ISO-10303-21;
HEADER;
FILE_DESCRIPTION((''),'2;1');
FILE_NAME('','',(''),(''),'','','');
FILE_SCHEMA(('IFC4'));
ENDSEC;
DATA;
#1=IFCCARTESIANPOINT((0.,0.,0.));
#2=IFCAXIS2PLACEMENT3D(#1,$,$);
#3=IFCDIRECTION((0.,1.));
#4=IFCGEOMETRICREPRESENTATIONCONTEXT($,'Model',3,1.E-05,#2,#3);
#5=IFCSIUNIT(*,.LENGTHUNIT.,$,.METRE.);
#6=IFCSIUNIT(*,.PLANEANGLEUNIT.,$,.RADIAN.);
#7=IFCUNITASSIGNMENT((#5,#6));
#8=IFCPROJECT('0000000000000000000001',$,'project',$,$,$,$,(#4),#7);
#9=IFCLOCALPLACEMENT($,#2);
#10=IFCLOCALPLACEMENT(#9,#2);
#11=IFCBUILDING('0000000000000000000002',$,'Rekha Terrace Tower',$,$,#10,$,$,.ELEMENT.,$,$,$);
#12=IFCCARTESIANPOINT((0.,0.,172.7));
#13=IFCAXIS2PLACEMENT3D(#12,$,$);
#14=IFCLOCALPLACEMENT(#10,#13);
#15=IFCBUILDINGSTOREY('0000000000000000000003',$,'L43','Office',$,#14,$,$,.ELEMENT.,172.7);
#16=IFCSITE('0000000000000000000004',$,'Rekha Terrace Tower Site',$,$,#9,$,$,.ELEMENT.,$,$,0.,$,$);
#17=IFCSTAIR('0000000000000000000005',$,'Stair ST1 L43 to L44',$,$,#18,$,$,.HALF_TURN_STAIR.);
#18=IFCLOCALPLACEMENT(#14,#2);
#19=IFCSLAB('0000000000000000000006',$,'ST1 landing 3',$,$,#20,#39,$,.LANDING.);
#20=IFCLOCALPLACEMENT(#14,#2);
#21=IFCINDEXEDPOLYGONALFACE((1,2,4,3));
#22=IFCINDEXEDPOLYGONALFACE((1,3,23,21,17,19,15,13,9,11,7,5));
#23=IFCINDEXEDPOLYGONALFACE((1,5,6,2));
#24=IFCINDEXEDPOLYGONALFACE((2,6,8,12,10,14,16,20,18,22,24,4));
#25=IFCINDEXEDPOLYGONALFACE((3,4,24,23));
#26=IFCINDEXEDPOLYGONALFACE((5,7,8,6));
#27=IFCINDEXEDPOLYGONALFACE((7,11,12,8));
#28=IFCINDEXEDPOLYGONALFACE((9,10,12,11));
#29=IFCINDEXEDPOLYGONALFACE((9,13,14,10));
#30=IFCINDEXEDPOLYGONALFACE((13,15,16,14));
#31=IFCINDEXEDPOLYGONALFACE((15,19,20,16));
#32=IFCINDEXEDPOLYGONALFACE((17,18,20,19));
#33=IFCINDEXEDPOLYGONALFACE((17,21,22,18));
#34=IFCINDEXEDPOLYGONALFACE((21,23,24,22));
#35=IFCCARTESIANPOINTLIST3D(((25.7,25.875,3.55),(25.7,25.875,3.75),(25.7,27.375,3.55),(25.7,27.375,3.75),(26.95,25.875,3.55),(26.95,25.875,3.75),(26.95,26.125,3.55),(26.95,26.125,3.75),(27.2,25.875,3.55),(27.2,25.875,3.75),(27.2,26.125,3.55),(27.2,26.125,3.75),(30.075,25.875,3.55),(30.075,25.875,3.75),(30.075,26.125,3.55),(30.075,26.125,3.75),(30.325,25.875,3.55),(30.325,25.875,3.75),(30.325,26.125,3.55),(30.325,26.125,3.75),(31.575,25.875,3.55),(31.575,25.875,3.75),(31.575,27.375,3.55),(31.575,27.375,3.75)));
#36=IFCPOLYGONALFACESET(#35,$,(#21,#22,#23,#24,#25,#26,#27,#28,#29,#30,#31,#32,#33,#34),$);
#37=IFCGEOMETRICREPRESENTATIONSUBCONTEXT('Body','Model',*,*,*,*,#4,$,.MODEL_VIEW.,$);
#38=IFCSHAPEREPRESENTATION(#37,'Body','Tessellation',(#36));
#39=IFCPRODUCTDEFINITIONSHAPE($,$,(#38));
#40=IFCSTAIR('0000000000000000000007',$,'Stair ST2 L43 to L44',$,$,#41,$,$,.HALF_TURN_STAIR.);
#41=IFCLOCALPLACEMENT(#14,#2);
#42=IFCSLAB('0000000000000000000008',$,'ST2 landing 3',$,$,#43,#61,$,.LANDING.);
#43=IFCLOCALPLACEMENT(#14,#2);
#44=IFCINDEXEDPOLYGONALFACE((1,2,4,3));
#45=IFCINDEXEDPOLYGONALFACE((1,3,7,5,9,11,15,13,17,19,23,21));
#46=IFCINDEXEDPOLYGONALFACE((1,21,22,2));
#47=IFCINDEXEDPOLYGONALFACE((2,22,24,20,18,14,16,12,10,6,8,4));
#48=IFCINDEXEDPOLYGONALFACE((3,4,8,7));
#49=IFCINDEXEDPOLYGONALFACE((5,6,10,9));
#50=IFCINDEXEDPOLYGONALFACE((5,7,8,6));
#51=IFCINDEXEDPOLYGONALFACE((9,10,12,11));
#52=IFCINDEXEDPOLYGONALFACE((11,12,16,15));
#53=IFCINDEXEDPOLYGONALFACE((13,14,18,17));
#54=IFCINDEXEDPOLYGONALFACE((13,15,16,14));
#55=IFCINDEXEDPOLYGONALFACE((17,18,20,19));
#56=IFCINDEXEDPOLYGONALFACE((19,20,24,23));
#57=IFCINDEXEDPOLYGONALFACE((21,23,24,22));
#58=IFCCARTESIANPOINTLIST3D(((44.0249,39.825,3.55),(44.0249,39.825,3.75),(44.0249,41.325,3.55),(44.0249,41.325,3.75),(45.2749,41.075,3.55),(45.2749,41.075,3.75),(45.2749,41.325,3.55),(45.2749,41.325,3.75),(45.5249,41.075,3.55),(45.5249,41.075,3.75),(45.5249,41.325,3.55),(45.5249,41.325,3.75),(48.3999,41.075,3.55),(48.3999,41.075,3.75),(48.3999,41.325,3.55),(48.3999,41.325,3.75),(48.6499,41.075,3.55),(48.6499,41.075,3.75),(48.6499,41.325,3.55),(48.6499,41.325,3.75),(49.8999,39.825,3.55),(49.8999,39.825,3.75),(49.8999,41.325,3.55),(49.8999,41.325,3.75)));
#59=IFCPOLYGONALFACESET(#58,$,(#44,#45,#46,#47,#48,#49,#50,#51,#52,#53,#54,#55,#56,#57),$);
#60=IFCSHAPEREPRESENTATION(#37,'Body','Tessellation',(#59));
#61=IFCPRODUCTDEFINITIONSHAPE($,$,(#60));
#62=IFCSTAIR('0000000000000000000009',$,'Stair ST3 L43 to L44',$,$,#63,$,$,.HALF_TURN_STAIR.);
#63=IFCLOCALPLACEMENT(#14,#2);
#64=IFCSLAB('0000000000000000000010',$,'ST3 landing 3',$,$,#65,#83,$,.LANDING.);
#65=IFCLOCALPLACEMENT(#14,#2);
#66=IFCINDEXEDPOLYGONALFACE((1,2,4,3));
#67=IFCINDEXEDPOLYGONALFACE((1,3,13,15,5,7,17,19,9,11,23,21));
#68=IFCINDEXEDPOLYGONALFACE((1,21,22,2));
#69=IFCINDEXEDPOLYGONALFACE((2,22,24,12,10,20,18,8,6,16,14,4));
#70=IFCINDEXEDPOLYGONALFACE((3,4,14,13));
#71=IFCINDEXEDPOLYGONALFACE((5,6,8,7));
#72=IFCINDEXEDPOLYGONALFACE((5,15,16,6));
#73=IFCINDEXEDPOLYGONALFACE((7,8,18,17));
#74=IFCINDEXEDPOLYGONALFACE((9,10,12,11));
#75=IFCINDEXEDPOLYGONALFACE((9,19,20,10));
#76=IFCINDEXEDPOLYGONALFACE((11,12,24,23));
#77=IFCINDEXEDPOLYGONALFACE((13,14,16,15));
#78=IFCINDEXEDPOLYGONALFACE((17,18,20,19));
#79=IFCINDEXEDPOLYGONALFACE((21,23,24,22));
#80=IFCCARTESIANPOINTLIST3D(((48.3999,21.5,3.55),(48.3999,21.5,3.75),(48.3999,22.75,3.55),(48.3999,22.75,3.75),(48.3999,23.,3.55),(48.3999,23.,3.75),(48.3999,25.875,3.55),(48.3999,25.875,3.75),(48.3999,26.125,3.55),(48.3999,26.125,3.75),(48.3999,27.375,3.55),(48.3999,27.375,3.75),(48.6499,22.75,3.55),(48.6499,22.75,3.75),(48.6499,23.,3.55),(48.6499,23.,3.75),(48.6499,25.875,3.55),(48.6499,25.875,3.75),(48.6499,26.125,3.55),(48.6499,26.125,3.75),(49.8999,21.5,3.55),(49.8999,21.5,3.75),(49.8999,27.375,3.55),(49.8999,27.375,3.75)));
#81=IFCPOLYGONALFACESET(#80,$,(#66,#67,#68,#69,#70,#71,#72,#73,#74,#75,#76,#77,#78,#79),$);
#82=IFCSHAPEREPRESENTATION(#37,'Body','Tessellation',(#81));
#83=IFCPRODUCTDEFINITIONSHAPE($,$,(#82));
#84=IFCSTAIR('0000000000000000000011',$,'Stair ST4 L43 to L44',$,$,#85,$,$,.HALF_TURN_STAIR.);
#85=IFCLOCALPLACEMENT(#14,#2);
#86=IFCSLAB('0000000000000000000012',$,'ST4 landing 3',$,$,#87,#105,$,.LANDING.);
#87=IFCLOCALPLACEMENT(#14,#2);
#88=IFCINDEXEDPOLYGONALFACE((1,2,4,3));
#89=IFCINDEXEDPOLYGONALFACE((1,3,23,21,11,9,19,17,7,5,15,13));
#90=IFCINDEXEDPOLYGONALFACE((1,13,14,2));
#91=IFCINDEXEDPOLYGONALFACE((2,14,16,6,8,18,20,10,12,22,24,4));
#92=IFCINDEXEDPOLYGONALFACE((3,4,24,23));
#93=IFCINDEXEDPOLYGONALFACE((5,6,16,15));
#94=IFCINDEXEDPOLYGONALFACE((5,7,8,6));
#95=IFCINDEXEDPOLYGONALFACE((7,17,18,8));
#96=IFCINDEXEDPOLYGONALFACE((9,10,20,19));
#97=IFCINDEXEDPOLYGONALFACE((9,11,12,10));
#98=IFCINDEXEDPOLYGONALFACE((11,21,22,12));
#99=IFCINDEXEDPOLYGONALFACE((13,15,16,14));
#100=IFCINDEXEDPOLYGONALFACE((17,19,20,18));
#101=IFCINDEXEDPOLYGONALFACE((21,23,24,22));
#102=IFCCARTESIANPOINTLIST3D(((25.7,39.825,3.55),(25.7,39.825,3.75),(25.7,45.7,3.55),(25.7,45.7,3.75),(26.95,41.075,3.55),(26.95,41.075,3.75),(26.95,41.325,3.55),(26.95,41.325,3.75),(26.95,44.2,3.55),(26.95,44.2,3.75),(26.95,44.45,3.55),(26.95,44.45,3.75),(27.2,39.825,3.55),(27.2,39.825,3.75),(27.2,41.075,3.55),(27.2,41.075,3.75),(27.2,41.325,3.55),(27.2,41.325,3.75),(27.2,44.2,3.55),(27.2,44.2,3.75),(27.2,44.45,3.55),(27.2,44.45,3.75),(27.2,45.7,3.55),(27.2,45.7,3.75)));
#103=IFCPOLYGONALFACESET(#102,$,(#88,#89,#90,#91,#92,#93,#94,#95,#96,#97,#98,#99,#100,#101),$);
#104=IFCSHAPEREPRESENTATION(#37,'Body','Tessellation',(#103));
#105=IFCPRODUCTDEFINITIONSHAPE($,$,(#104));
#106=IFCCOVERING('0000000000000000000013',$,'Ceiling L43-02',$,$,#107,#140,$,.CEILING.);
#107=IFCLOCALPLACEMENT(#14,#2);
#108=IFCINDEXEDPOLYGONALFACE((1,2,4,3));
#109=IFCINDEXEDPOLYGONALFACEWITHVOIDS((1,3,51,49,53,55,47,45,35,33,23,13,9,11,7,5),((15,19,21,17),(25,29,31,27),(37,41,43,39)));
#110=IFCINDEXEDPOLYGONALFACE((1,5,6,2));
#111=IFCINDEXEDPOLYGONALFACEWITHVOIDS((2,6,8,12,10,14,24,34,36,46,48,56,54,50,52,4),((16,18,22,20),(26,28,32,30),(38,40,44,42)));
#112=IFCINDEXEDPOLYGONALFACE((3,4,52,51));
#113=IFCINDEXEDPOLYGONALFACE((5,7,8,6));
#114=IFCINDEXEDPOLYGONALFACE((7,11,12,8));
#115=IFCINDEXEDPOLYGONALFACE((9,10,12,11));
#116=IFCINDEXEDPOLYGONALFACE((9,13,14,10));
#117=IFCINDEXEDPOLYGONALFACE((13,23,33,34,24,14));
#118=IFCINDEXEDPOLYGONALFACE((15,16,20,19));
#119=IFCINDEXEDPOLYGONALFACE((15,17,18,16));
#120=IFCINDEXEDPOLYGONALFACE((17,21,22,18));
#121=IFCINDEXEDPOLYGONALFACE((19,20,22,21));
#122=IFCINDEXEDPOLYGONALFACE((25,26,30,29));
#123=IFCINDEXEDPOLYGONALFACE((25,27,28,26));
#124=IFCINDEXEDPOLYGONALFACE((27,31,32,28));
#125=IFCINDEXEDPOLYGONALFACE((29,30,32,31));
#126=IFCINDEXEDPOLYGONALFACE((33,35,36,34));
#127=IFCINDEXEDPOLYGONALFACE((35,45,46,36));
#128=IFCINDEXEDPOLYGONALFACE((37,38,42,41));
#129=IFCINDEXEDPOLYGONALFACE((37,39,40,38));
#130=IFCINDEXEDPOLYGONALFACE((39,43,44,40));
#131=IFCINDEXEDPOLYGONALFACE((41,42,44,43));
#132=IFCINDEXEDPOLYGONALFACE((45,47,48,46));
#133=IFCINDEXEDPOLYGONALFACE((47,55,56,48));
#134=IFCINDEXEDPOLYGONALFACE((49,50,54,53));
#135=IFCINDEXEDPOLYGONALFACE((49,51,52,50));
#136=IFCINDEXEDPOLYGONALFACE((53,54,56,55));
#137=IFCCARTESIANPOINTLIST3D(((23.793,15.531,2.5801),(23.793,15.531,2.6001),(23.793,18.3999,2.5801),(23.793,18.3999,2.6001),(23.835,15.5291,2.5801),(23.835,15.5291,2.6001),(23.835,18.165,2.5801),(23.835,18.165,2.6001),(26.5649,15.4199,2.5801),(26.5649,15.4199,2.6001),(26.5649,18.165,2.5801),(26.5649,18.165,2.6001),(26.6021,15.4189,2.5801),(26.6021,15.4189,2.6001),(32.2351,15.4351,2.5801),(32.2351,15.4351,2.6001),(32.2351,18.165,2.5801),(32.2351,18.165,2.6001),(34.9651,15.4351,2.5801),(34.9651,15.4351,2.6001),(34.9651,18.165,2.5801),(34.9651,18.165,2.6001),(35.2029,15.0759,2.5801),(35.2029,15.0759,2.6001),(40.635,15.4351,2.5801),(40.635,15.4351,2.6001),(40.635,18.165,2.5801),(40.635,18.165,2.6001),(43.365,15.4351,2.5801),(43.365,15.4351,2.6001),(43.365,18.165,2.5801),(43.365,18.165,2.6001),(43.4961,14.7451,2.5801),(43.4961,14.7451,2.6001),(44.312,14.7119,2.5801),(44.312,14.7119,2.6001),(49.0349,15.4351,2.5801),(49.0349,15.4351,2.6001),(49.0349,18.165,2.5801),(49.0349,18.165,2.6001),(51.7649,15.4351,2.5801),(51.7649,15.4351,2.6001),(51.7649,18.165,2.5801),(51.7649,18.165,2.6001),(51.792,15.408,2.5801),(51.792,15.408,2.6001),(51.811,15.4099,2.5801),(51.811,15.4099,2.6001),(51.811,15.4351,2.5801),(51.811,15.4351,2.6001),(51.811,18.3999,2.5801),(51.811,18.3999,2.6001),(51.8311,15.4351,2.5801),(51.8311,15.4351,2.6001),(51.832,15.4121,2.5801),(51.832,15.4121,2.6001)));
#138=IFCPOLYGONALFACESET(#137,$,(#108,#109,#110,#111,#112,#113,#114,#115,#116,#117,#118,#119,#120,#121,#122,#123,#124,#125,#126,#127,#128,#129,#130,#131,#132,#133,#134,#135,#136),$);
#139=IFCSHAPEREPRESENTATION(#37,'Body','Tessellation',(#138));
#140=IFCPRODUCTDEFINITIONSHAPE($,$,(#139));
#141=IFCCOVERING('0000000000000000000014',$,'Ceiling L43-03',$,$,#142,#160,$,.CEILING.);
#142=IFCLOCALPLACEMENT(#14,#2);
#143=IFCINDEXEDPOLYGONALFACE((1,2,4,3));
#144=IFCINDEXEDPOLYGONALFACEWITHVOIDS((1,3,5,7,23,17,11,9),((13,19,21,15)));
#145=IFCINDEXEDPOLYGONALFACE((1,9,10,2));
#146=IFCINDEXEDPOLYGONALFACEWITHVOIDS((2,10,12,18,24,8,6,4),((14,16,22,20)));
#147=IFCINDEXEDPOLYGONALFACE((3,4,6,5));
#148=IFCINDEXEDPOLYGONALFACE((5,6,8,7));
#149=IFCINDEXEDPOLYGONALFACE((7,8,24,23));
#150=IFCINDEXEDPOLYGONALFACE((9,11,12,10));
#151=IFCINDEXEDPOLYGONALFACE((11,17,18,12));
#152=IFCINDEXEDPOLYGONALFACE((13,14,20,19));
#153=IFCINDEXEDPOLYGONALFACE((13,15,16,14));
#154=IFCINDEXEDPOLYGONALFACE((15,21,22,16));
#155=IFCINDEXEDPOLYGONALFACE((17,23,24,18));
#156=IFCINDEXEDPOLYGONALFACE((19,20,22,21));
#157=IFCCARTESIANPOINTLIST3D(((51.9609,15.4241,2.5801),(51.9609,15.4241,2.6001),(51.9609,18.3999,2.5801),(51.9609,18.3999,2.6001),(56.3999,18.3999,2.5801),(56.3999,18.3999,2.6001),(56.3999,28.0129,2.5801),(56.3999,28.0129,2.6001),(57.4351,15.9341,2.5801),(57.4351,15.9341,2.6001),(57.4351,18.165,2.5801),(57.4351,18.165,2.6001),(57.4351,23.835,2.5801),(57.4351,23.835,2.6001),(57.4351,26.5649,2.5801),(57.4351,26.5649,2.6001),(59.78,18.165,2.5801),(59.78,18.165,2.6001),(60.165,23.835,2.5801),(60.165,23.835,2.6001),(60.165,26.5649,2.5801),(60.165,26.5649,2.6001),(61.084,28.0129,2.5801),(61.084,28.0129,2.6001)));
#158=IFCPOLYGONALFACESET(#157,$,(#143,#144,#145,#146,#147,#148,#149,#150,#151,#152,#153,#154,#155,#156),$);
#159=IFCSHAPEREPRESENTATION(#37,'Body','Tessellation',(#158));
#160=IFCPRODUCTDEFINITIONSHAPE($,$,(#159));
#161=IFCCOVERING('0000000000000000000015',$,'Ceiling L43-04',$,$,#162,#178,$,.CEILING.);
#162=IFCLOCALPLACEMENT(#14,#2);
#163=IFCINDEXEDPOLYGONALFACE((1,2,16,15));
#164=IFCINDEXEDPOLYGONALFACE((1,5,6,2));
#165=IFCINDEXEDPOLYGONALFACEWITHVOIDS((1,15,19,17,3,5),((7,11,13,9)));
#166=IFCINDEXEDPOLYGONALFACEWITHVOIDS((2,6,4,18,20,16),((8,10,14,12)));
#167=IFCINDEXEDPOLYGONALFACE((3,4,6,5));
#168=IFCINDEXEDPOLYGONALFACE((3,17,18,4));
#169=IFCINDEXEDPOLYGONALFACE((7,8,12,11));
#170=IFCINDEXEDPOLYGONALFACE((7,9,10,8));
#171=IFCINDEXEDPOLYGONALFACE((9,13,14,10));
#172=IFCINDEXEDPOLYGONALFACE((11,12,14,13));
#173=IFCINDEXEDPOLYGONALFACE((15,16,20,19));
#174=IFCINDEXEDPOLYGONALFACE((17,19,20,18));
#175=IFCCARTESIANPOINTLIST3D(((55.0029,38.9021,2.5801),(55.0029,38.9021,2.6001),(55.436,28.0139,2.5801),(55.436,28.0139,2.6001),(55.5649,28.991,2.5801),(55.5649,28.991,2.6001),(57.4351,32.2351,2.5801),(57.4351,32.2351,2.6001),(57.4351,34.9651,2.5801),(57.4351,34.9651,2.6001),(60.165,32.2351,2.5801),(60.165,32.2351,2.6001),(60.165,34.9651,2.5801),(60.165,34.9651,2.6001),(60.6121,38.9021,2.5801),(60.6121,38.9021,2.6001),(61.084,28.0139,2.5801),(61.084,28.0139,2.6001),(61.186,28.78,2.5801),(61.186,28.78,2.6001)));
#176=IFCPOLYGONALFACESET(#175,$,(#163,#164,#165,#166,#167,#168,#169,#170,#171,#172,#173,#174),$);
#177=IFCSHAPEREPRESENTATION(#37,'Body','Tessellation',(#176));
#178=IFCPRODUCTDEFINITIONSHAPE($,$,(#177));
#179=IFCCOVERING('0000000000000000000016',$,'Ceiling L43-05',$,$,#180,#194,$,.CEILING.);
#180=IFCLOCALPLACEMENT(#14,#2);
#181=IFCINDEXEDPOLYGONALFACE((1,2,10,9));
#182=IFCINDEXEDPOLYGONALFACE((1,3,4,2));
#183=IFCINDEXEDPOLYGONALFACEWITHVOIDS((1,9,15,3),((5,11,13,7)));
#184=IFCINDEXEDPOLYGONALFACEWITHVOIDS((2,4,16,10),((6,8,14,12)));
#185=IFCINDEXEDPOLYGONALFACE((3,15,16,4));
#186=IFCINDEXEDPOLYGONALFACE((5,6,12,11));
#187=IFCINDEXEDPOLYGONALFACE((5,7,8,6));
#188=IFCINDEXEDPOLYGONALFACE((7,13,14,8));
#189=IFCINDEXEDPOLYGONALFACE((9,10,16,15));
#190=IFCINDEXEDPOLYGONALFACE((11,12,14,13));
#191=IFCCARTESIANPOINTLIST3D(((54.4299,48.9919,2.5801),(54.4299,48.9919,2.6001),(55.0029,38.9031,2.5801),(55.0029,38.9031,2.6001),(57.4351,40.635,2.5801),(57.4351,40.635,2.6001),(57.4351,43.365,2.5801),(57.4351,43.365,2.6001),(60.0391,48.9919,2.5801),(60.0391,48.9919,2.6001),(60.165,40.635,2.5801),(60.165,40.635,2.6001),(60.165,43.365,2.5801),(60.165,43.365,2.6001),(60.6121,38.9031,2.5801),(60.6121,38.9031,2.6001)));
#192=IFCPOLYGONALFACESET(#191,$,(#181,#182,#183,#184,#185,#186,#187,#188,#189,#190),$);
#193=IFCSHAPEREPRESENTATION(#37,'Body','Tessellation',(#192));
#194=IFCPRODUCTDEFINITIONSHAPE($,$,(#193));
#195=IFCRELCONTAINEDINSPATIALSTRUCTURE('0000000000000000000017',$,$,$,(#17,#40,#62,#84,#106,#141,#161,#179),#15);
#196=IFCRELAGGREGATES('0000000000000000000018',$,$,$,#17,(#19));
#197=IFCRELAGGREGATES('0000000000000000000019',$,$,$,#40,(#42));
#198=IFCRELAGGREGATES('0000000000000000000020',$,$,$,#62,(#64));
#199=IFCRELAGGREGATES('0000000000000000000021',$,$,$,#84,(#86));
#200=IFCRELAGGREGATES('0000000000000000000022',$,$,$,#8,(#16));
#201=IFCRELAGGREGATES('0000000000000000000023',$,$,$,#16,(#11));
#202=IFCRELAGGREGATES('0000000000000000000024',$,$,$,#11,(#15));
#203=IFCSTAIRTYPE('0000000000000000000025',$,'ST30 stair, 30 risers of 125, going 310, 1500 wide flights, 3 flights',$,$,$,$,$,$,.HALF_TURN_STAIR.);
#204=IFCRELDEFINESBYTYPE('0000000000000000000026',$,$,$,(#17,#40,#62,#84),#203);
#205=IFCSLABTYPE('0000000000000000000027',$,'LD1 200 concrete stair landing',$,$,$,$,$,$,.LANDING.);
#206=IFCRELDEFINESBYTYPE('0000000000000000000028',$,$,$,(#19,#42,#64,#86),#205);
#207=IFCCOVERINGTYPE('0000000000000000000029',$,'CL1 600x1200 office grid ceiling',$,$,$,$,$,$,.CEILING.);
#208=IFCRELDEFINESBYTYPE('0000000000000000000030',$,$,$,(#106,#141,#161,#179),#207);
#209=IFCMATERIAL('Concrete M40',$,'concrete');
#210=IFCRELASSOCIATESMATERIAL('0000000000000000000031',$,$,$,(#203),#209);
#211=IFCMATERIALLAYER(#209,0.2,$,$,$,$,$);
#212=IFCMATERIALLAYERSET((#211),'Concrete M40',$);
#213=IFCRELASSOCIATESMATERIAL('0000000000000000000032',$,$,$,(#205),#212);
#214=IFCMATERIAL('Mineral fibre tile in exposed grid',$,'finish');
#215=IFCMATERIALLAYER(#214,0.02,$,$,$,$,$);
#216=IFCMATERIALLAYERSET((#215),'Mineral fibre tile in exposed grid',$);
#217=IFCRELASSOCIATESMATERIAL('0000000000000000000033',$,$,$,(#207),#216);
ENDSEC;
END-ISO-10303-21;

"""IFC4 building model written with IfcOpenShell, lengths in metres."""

from ifc_helpers import new_model, si_unit, direction, frame, origin, place, context, subcontext, project, spatial, polyline, outline, extrude, material, layer, layer_set, type_object, element, aggregate, save


model = new_model("IFC4")

# Units and contexts
model_context = context("Model", 3, precision=1e-05, world=origin(), true_north=direction((0.0, 1.0)))
body_context = subcontext(model_context, "Body", "Model", "MODEL_VIEW")
ifc_project = project(units=[si_unit("LENGTHUNIT", "METRE"), si_unit("PLANEANGLEUNIT", "RADIAN")], contexts=[model_context])

# Site, building, storey
site_placement = place(None, origin())
site = spatial("IfcSite", under=ifc_project, at=site_placement, Name="Rekha Terrace Tower Site", CompositionType="ELEMENT", RefElevation=0.0)
building_placement = place(site_placement, origin())
building = spatial("IfcBuilding", under=site, at=building_placement, Name="Rekha Terrace Tower", CompositionType="ELEMENT")
storey_placement = place(building_placement, frame((0.0, 0.0, 172.7)))
storey = spatial("IfcBuildingStorey", under=building, at=storey_placement, Name="L43", Description="Office", CompositionType="ELEMENT", Elevation=172.7)

# Stairs, slabs
ifc_material_1 = material(Name="Concrete M40", Category="concrete")
stair_type = type_object("IfcStairType", Name="ST30 stair, 30 risers of 125, going 310, 1500 wide flights, 3 flights", PredefinedType="HALF_TURN_STAIR", material=ifc_material_1)
stair_1_placement = place(storey_placement, origin())
stair_1 = element("IfcStair", 1, at=stair_1_placement, inside=storey, type_object=stair_type, Name="Stair ST1 L43 to L44", PredefinedType="HALF_TURN_STAIR")
ifc_layer_1 = layer(ifc_material_1, 0.2)
ifc_layer_set_1 = layer_set([ifc_layer_1], Name="Concrete M40")
slab_type = type_object("IfcSlabType", Name="LD1 200 concrete stair landing", PredefinedType="LANDING", material=ifc_layer_set_1)
slab_1_placement = place(storey_placement, frame((0.0, 0.0, 3.55)))
slab_1 = element("IfcSlab", 2, at=slab_1_placement, type_object=slab_type, Name="ST1 landing 3", PredefinedType="LANDING", context=body_context, shape_type="SweptSolid", body=[
    extrude(outline(polyline([(31.575, 25.875), (31.575, 27.375), (25.7, 27.375), (25.7, 25.875), (26.95, 25.875), (26.95, 26.125), (27.2, 26.125), (27.2, 25.875), (30.075, 25.875), (30.075, 26.125), (30.325, 26.125), (30.325, 25.875), (31.575, 25.875)])), origin(), (0.0, 0.0, 1.0), 0.2),
])
aggregate(stair_1, [slab_1])
stair_2_placement = place(storey_placement, origin())
stair_2 = element("IfcStair", 3, at=stair_2_placement, inside=storey, type_object=stair_type, Name="Stair ST2 L43 to L44", PredefinedType="HALF_TURN_STAIR")
slab_2_placement = place(storey_placement, frame((0.0, 0.0, 3.55)))
slab_2 = element("IfcSlab", 4, at=slab_2_placement, type_object=slab_type, Name="ST2 landing 3", PredefinedType="LANDING", context=body_context, shape_type="SweptSolid", body=[
    extrude(outline(polyline([(44.0249, 41.325), (44.0249, 39.825), (49.8999, 39.825), (49.8999, 41.325), (48.6499, 41.325), (48.6499, 41.075), (48.3999, 41.075), (48.3999, 41.325), (45.5249, 41.325), (45.5249, 41.075), (45.2749, 41.075), (45.2749, 41.325), (44.0249, 41.325)])), origin(), (0.0, 0.0, 1.0), 0.2),
])
aggregate(stair_2, [slab_2])
stair_3_placement = place(storey_placement, origin())
stair_3 = element("IfcStair", 5, at=stair_3_placement, inside=storey, type_object=stair_type, Name="Stair ST3 L43 to L44", PredefinedType="HALF_TURN_STAIR")
slab_3_placement = place(storey_placement, frame((0.0, 0.0, 3.55)))
slab_3 = element("IfcSlab", 6, at=slab_3_placement, type_object=slab_type, Name="ST3 landing 3", PredefinedType="LANDING", context=body_context, shape_type="SweptSolid", body=[
    extrude(outline(polyline([(48.3999, 21.5), (49.8999, 21.5), (49.8999, 27.375), (48.3999, 27.375), (48.3999, 26.125), (48.6499, 26.125), (48.6499, 25.875), (48.3999, 25.875), (48.3999, 23.0), (48.6499, 23.0), (48.6499, 22.75), (48.3999, 22.75), (48.3999, 21.5)])), origin(), (0.0, 0.0, 1.0), 0.2),
])
aggregate(stair_3, [slab_3])
stair_4_placement = place(storey_placement, origin())
stair_4 = element("IfcStair", 7, at=stair_4_placement, inside=storey, type_object=stair_type, Name="Stair ST4 L43 to L44", PredefinedType="HALF_TURN_STAIR")
slab_4_placement = place(storey_placement, frame((0.0, 0.0, 3.55)))
slab_4 = element("IfcSlab", 8, at=slab_4_placement, type_object=slab_type, Name="ST4 landing 3", PredefinedType="LANDING", context=body_context, shape_type="SweptSolid", body=[
    extrude(outline(polyline([(27.2, 39.825), (25.7, 39.825), (25.7, 45.7), (27.2, 45.7), (27.2, 44.45), (26.95, 44.45), (26.95, 44.2), (27.2, 44.2), (27.2, 41.325), (26.95, 41.325), (26.95, 41.075), (27.2, 41.075), (27.2, 39.825)])), origin(), (0.0, 0.0, 1.0), 0.2),
])
aggregate(stair_4, [slab_4])

# Coverings
ifc_material_2 = material(Name="Mineral fibre tile in exposed grid", Category="finish")
ifc_layer_2 = layer(ifc_material_2, 0.02)
ifc_layer_set_2 = layer_set([ifc_layer_2], Name="Mineral fibre tile in exposed grid")
covering_type_1 = type_object("IfcCoveringType", Name="CL1 600x1200 office grid ceiling", PredefinedType="CEILING", material=ifc_layer_set_2)
covering_1_placement = place(storey_placement, frame((0.0, 0.0, 2.5801)))
element("IfcCovering", 9, at=covering_1_placement, inside=storey, type_object=covering_type_1, Name="Ceiling L43-02", PredefinedType="CEILING", context=body_context, shape_type="SweptSolid", body=[
    extrude(outline(polyline([(26.5649, 18.165), (26.5649, 15.4199), (26.6021, 15.4189), (35.2029, 15.0759), (43.4961, 14.7451), (44.312, 14.7119), (51.792, 15.408), (51.811, 15.4099), (51.832, 15.4121), (51.8311, 15.4351), (51.811, 15.4351), (51.811, 18.3999), (23.793, 18.3999), (23.793, 15.531), (23.835, 15.5291), (23.835, 18.165), (26.5649, 18.165)]), holes=[polyline([(51.7649, 18.165), (51.7649, 15.4351), (49.0349, 15.4351), (49.0349, 18.165), (51.7649, 18.165)]), polyline([(43.365, 18.165), (43.365, 15.4351), (40.635, 15.4351), (40.635, 18.165), (43.365, 18.165)]), polyline([(34.9651, 15.4351), (32.2351, 15.4351), (32.2351, 18.165), (34.9651, 18.165), (34.9651, 15.4351)])]), origin(), (0.0, 0.0, 1.0), 0.02),
])
covering_2_placement = place(storey_placement, frame((0.0, 0.0, 2.5801)))
element("IfcCovering", 10, at=covering_2_placement, inside=storey, type_object=covering_type_1, Name="Ceiling L43-03", PredefinedType="CEILING", context=body_context, shape_type="SweptSolid", body=[
    extrude(outline(polyline([(57.4351, 18.165), (59.78, 18.165), (61.084, 28.0129), (56.3999, 28.0129), (56.3999, 18.3999), (51.9609, 18.3999), (51.9609, 15.4241), (57.4351, 15.9341), (57.4351, 18.165)]), holes=[polyline([(60.165, 23.835), (57.4351, 23.835), (57.4351, 26.5649), (60.165, 26.5649), (60.165, 23.835)])]), origin(), (0.0, 0.0, 1.0), 0.02),
])
covering_3_placement = place(storey_placement, frame((0.0, 0.0, 2.5801)))
element("IfcCovering", 11, at=covering_3_placement, inside=storey, type_object=covering_type_1, Name="Ceiling L43-04", PredefinedType="CEILING", context=body_context, shape_type="SweptSolid", body=[
    extrude(outline(polyline([(61.186, 28.78), (60.6121, 38.9021), (55.0029, 38.9021), (55.5649, 28.991), (55.436, 28.0139), (61.084, 28.0139), (61.186, 28.78)]), holes=[polyline([(60.165, 34.9651), (60.165, 32.2351), (57.4351, 32.2351), (57.4351, 34.9651), (60.165, 34.9651)])]), origin(), (0.0, 0.0, 1.0), 0.02),
])
covering_4_placement = place(storey_placement, frame((0.0, 0.0, 2.5801)))
element("IfcCovering", 12, at=covering_4_placement, inside=storey, type_object=covering_type_1, Name="Ceiling L43-05", PredefinedType="CEILING", context=body_context, shape_type="SweptSolid", body=[
    extrude(outline(polyline([(55.0029, 38.9031), (60.6121, 38.9031), (60.0391, 48.9919), (54.4299, 48.9919), (55.0029, 38.9031)]), holes=[polyline([(60.165, 40.635), (57.4351, 40.635), (57.4351, 43.365), (60.165, 43.365), (60.165, 40.635)])]), origin(), (0.0, 0.0, 1.0), 0.02),
])

save(model, "model.ifc")
